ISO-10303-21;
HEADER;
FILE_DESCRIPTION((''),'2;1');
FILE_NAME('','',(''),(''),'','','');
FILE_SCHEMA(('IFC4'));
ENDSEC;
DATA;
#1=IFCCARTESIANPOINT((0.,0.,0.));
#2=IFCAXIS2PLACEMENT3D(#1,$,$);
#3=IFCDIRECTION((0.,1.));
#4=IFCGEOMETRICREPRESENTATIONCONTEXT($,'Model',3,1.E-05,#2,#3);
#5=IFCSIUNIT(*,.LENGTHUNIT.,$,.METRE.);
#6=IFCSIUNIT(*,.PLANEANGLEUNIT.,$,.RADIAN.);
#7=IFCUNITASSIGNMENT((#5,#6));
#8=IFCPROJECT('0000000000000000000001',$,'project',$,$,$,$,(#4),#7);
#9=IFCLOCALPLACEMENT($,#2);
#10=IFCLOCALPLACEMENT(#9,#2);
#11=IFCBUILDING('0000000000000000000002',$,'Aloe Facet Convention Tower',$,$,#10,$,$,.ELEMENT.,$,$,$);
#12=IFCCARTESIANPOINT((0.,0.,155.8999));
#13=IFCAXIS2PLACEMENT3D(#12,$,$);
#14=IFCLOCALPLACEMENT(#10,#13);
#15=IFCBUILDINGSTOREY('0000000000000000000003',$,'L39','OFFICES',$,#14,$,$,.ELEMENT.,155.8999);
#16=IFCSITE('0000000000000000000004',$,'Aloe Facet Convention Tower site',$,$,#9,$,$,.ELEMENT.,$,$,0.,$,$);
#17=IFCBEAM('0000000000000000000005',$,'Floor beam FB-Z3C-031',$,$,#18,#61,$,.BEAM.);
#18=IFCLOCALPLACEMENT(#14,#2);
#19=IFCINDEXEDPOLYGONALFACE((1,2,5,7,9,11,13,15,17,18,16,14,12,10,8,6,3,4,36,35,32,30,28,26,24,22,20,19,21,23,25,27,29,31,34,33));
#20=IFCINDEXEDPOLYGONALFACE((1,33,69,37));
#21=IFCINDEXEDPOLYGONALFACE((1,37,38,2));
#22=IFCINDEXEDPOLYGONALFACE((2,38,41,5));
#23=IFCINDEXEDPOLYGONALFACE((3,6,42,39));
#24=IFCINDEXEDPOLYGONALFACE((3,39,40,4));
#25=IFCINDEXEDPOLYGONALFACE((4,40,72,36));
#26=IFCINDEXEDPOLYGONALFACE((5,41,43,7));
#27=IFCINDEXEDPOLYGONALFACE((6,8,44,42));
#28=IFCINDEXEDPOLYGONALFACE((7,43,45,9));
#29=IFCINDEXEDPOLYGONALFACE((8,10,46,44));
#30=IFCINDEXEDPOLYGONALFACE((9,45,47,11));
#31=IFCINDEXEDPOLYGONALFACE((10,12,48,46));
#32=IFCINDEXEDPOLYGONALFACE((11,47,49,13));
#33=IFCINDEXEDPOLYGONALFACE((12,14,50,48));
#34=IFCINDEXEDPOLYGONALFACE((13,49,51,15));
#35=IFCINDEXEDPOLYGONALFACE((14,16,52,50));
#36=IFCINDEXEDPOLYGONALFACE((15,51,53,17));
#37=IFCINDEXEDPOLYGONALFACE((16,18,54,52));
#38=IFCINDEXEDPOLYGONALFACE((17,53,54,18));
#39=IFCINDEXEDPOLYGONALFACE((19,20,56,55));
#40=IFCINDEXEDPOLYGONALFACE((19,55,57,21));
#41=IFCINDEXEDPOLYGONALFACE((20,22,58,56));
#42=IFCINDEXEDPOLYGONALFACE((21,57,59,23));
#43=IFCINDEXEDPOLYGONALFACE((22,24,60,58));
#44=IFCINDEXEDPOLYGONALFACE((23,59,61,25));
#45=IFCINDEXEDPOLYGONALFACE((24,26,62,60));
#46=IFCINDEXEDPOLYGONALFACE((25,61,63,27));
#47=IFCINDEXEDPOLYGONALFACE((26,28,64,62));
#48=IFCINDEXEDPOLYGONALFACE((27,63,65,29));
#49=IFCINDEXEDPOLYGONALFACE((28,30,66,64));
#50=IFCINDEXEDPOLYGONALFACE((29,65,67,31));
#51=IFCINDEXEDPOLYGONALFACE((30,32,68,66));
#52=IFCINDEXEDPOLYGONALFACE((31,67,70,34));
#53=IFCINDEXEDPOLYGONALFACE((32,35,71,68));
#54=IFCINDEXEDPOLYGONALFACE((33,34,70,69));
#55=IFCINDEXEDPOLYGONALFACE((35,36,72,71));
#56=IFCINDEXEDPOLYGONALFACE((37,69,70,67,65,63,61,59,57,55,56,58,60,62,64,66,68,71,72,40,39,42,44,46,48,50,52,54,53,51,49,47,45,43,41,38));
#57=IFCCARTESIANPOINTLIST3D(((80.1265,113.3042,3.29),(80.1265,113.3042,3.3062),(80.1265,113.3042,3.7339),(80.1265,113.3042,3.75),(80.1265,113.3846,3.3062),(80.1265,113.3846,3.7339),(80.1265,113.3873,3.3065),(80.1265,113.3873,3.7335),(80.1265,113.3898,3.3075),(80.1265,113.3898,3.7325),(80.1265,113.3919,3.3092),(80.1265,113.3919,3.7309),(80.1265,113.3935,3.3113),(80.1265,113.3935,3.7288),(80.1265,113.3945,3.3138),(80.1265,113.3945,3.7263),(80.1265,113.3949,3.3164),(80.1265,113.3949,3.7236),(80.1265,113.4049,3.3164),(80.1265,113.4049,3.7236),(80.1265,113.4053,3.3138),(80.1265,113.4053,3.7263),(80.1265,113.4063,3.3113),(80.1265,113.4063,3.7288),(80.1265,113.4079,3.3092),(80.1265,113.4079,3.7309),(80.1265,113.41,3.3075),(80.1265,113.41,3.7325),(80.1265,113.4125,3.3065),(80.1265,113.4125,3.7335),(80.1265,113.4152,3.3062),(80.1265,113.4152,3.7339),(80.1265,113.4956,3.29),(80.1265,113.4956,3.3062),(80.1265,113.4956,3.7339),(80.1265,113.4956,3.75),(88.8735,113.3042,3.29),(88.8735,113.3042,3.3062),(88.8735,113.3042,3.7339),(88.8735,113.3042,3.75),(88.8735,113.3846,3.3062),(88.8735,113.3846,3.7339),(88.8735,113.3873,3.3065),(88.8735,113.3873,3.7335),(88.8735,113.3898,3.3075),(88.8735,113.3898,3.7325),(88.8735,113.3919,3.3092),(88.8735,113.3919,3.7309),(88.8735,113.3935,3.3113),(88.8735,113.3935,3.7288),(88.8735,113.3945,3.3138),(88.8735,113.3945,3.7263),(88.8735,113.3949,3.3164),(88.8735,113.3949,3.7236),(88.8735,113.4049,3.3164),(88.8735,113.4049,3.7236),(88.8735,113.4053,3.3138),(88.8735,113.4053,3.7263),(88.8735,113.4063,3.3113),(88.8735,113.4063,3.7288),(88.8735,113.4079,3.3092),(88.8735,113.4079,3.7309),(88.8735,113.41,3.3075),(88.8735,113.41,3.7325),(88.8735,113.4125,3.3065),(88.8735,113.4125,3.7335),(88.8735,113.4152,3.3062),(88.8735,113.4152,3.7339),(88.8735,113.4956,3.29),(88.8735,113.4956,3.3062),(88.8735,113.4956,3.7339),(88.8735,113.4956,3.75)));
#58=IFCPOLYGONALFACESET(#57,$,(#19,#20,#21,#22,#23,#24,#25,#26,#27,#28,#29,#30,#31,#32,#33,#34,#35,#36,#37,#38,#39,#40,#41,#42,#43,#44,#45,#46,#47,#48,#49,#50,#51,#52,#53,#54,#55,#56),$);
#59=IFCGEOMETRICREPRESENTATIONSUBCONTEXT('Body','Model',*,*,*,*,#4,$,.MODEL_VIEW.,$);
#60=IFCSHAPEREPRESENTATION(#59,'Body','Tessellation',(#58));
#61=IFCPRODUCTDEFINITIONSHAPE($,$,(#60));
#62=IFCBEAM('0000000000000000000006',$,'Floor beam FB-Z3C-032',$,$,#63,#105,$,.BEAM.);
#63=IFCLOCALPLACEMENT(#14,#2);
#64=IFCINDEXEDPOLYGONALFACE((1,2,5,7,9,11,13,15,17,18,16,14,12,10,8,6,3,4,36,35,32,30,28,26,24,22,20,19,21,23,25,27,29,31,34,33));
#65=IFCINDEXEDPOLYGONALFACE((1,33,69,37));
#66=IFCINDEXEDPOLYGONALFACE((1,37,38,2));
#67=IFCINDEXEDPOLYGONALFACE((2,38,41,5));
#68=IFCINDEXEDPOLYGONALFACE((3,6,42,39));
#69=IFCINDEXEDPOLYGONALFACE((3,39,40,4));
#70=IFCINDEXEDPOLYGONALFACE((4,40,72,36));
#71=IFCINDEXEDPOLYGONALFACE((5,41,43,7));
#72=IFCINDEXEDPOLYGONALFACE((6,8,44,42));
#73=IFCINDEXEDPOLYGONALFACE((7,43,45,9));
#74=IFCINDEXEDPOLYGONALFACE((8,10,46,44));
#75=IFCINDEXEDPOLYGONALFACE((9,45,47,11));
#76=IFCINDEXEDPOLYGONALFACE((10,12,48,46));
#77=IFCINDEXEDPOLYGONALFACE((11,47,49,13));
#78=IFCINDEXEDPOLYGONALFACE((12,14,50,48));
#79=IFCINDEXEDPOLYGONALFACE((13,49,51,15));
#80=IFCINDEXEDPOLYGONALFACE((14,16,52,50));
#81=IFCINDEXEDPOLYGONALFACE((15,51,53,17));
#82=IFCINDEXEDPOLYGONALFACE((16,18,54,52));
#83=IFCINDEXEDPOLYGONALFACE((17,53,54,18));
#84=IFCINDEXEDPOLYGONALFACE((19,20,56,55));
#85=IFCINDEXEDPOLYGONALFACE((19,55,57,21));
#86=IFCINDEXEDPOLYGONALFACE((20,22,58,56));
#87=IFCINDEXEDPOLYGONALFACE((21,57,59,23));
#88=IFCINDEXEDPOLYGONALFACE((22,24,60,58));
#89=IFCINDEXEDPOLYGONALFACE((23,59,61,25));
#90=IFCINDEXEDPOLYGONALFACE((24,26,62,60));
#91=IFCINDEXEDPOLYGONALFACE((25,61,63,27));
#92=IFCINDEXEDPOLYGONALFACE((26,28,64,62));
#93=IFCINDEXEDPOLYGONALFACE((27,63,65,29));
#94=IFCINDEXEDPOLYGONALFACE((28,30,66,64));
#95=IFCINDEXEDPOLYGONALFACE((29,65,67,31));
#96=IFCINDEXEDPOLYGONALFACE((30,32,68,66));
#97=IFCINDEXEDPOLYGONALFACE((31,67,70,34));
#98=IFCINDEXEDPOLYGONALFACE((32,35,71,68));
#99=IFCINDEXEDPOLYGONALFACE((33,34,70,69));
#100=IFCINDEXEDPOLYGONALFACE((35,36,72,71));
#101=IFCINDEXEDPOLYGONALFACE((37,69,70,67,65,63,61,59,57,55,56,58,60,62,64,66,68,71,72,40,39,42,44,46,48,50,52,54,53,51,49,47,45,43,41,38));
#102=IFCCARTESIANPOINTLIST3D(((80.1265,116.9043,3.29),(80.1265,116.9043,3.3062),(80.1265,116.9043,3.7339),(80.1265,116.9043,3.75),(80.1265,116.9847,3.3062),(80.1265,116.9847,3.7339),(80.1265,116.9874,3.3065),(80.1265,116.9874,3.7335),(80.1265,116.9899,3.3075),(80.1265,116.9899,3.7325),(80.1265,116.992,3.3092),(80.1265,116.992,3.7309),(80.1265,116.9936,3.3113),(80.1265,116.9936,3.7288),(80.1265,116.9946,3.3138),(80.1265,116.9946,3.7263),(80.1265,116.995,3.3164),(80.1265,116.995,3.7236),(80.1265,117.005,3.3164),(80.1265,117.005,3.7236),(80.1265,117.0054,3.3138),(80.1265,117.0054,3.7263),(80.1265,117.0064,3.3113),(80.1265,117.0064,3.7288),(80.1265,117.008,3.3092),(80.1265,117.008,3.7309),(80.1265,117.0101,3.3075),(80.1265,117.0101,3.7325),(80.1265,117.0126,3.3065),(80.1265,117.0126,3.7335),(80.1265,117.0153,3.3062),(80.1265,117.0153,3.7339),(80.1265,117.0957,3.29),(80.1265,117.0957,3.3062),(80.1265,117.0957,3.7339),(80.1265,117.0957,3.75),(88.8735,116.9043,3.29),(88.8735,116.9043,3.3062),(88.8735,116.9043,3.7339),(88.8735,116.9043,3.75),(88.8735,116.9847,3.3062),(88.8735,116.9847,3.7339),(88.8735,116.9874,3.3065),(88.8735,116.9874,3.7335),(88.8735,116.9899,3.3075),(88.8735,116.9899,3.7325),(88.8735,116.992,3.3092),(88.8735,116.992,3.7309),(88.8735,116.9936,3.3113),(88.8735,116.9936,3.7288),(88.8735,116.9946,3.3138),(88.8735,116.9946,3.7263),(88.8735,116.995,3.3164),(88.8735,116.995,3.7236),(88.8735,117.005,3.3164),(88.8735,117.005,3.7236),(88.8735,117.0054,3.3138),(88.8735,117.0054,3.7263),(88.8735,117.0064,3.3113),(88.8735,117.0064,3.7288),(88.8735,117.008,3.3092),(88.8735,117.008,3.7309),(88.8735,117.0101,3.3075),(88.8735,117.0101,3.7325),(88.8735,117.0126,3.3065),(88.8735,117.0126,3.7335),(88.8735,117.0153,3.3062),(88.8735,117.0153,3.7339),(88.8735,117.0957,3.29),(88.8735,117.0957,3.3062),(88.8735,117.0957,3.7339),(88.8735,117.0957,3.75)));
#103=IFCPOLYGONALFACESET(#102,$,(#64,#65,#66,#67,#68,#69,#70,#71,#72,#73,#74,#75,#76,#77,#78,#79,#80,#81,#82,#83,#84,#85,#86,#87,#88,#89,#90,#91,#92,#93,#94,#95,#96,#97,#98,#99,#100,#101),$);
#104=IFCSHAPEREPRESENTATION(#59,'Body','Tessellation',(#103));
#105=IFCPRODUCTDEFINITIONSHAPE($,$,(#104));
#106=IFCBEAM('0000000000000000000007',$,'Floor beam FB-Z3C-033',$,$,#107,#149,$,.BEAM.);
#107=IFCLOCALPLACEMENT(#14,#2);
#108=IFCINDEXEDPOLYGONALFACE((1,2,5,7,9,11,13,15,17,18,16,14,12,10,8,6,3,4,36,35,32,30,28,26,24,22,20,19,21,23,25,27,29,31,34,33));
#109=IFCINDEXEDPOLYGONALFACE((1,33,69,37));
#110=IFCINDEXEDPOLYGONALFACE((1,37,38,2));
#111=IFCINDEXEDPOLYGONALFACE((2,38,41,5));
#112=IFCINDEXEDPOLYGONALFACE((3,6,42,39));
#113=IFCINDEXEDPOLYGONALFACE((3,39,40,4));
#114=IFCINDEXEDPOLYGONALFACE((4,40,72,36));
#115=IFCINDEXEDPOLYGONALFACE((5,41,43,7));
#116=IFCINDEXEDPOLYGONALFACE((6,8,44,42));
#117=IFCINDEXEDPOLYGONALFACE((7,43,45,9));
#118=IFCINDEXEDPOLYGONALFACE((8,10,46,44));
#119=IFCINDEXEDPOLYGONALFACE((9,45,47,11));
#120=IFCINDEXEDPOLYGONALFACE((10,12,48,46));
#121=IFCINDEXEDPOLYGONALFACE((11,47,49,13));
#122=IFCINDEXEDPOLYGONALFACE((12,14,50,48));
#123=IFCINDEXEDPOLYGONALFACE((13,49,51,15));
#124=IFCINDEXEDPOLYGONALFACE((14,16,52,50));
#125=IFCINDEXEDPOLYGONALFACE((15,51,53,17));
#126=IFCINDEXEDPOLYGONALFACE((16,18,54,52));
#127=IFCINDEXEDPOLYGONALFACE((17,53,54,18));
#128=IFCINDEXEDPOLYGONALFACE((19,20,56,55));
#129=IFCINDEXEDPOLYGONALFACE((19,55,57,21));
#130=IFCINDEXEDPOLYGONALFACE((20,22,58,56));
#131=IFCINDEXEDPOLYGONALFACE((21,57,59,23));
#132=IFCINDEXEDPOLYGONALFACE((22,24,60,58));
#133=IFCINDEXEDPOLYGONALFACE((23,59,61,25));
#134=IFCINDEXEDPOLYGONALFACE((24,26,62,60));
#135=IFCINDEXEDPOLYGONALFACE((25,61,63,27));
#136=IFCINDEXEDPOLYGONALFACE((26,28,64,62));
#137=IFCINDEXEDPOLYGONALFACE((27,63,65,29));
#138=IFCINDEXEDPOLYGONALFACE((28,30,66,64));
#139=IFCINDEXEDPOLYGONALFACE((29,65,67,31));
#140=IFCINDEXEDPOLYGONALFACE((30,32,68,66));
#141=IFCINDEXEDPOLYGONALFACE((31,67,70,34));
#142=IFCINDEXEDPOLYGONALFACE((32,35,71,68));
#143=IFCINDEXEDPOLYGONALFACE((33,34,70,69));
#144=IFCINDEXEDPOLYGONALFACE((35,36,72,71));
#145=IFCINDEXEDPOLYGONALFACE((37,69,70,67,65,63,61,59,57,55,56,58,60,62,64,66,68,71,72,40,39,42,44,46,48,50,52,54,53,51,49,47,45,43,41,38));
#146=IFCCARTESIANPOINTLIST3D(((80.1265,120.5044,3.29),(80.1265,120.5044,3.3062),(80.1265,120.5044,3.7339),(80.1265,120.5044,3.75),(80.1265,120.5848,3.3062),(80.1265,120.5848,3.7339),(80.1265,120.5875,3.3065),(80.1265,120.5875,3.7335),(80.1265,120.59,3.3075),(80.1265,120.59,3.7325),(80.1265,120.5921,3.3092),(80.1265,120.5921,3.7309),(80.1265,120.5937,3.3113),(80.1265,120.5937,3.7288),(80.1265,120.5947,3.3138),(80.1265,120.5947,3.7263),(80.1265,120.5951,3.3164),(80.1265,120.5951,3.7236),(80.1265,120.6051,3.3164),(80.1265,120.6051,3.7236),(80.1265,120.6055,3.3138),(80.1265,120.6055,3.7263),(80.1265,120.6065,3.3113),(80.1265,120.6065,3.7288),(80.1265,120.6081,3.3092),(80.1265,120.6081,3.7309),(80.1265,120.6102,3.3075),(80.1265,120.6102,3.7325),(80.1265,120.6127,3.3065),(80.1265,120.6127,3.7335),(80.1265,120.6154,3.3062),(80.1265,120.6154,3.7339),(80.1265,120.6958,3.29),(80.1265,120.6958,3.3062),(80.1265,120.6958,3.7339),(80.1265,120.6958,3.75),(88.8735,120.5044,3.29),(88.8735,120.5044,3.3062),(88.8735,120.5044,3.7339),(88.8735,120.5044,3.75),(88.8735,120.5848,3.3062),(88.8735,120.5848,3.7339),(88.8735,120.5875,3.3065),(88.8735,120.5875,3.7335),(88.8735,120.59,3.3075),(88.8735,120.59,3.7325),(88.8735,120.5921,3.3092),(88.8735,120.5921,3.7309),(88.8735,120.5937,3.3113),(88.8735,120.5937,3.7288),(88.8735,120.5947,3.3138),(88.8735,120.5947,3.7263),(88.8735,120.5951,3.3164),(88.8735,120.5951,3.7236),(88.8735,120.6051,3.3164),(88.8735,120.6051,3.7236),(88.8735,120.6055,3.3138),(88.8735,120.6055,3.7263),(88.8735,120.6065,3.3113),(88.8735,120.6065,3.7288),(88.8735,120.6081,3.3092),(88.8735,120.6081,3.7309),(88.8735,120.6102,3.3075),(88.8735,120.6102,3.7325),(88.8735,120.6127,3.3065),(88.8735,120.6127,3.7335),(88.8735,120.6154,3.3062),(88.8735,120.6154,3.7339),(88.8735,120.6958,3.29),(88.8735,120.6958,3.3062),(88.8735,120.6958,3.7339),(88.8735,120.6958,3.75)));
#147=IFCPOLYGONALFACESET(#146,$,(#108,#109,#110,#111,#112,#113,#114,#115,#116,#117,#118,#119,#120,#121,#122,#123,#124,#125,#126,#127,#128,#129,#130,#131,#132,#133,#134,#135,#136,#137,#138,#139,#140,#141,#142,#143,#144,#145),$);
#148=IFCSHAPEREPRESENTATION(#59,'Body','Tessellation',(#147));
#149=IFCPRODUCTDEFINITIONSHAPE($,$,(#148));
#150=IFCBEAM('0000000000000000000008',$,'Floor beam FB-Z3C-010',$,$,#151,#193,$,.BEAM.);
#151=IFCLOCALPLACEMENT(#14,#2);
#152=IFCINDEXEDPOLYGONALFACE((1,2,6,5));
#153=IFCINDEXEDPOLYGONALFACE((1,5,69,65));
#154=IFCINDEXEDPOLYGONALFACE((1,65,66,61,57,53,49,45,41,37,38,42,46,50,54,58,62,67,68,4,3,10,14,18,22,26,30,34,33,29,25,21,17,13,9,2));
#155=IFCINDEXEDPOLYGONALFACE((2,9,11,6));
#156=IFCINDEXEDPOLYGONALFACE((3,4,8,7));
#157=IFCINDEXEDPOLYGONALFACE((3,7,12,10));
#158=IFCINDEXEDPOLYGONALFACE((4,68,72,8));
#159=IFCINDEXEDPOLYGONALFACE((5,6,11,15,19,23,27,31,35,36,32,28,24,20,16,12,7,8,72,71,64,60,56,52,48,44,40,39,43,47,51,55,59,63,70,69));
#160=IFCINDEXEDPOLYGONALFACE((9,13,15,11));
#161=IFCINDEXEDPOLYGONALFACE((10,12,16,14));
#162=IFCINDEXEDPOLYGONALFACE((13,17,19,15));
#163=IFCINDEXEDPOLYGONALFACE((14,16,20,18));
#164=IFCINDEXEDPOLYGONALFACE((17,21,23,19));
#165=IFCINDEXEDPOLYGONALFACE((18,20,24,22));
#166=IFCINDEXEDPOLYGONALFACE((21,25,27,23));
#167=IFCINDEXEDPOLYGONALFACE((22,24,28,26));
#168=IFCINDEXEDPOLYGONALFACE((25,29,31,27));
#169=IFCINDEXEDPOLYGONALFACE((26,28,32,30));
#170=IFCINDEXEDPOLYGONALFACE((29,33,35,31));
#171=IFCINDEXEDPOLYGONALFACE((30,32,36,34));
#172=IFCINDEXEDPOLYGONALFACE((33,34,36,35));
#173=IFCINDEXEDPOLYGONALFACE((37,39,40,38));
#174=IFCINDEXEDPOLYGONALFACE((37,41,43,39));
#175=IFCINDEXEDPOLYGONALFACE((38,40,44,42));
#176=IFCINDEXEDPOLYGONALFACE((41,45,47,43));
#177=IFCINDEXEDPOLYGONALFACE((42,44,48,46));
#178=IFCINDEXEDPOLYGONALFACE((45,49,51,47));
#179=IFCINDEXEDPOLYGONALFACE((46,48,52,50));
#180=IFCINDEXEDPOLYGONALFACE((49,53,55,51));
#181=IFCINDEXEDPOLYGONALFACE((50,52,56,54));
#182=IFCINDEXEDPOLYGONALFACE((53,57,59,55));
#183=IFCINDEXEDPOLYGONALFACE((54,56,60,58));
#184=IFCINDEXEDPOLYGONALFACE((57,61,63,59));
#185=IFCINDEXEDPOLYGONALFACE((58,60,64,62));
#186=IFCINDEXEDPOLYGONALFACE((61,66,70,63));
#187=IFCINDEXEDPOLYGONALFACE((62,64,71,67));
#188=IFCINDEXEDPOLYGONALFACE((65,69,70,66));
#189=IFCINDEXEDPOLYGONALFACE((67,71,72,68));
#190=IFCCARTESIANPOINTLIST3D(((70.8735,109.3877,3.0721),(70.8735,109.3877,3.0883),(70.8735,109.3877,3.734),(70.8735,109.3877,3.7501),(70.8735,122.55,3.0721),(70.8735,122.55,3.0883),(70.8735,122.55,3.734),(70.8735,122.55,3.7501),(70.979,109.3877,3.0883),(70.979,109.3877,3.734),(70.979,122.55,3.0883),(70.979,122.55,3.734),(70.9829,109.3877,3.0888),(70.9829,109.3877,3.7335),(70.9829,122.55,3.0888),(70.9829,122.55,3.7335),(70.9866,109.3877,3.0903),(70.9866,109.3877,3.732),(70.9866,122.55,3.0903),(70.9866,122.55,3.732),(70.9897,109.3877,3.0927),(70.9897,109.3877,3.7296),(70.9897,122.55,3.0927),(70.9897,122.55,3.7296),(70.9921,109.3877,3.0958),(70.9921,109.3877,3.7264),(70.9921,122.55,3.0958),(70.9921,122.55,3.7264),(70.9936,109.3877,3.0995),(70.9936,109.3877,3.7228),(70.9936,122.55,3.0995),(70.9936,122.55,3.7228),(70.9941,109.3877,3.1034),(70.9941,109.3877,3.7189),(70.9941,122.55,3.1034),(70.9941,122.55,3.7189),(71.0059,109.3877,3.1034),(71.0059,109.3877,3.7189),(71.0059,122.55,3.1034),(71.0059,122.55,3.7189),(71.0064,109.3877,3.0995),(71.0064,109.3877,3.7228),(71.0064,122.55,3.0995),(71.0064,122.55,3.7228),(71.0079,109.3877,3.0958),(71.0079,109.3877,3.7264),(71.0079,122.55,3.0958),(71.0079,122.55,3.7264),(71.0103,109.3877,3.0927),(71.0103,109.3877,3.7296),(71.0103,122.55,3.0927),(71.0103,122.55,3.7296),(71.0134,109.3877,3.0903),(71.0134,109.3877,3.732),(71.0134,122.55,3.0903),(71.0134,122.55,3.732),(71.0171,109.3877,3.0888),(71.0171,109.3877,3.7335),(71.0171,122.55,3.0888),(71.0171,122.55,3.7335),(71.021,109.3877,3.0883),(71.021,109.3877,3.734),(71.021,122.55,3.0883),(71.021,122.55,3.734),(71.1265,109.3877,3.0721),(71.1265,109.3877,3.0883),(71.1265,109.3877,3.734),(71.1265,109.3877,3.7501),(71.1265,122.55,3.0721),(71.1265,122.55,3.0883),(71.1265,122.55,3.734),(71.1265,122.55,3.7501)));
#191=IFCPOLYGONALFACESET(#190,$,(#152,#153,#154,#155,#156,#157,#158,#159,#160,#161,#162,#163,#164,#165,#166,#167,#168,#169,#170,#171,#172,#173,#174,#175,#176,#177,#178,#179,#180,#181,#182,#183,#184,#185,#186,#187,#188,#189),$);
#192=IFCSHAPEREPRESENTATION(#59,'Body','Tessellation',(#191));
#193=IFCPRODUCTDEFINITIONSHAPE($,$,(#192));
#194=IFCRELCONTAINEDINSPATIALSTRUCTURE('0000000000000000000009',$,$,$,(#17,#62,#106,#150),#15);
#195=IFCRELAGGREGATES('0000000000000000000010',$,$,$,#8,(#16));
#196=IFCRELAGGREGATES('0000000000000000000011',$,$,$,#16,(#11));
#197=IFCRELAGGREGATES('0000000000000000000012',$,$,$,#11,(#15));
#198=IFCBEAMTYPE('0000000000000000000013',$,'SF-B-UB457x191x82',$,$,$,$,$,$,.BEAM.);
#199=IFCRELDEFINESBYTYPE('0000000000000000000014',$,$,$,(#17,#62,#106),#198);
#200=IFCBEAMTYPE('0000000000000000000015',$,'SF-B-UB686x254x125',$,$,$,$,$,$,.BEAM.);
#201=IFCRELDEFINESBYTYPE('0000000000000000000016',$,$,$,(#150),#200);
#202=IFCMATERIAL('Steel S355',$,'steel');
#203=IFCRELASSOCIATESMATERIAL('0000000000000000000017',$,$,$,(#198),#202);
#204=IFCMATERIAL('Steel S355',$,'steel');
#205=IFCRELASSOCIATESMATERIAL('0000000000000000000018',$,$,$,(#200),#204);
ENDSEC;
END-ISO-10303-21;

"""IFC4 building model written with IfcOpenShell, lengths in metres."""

from ifc_helpers import new_model, si_unit, direction, frame, origin, origin_2d, place, context, subcontext, project, spatial, i_section, extrude, material, material_profile, profile_set, type_object, element, save


model = new_model("IFC4")

# Units and contexts
model_context = context("Model", 3, precision=1e-05, world=origin(), true_north=direction((0.0, 1.0)))
body_context = subcontext(model_context, "Body", "Model", "MODEL_VIEW")
ifc_project = project(units=[si_unit("LENGTHUNIT", "METRE"), si_unit("PLANEANGLEUNIT", "RADIAN")], contexts=[model_context])

# Site, building, storey
site_placement = place(None, origin())
site = spatial("IfcSite", under=ifc_project, at=site_placement, Name="Aloe Facet Convention Tower site", CompositionType="ELEMENT", RefElevation=0.0)
building_placement = place(site_placement, origin())
building = spatial("IfcBuilding", under=site, at=building_placement, Name="Aloe Facet Convention Tower", CompositionType="ELEMENT")
storey_placement = place(building_placement, frame((0.0, 0.0, 155.8999)))
storey = spatial("IfcBuildingStorey", under=building, at=storey_placement, Name="L39", Description="OFFICES", CompositionType="ELEMENT", Elevation=155.8999)

# Beams
ifc_material_1 = material(Name="Steel S355", Category="steel")
ifc_material_profile_1 = material_profile(ifc_material_1, i_section(OverallWidth=0.1914, OverallDepth=0.46, WebThickness=0.01, FlangeThickness=0.0161, FilletRadius=0.0103, at=origin_2d()), Name="UB 457x191x82")
ifc_profile_set_1 = profile_set([ifc_material_profile_1], Name="Steel S355")
beam_type_1 = type_object("IfcBeamType", Name="SF-B-UB457x191x82", PredefinedType="BEAM", material=ifc_profile_set_1)
for number, where, z_axis, x_axis, name in (
    (1, (80.1265, 113.3999, 3.52), (1.0, 0.0, 0.0), (0.0, 1.0, 0.0), "Floor beam FB-Z3C-031"),
    (2, (80.1265, 117.0, 3.52), (1.0, 0.0, 0.0), (0.0, 1.0, 0.0), "Floor beam FB-Z3C-032"),
    (3, (80.1265, 120.6001, 3.52), (1.0, 0.0, 0.0), (0.0, 1.0, 0.0), "Floor beam FB-Z3C-033"),
):
    element("IfcBeam", number, at=place(storey_placement, frame(where, z_axis=z_axis, x_axis=x_axis)), inside=storey, type_object=beam_type_1, Name=name, PredefinedType="BEAM", context=body_context, shape_type="SweptSolid", body=[
        extrude(i_section(OverallWidth=0.1914, OverallDepth=0.46, WebThickness=0.01, FlangeThickness=0.0161, FilletRadius=0.0103, at=origin_2d()), origin(), (0.0, 0.0, 1.0), 8.7471),
    ])
ifc_material_2 = material(Name="Steel S355", Category="steel")
ifc_material_profile_2 = material_profile(ifc_material_2, i_section(OverallWidth=0.2529, OverallDepth=0.678, WebThickness=0.0117, FlangeThickness=0.0161, FilletRadius=0.0151, at=origin_2d()), Name="UB 686x254x125")
ifc_profile_set_2 = profile_set([ifc_material_profile_2], Name="Steel S355")
beam_type_2 = type_object("IfcBeamType", Name="SF-B-UB686x254x125", PredefinedType="BEAM", material=ifc_profile_set_2)
beam_1_placement = place(storey_placement, frame((71.0, 122.55, 3.4111), z_axis=(0.0, -1.0, 0.0), x_axis=(1.0, 0.0, 0.0)))
element("IfcBeam", 4, at=beam_1_placement, inside=storey, type_object=beam_type_2, Name="Floor beam FB-Z3C-010", PredefinedType="BEAM", context=body_context, shape_type="SweptSolid", body=[
    extrude(i_section(OverallWidth=0.2529, OverallDepth=0.678, WebThickness=0.0117, FlangeThickness=0.0161, FilletRadius=0.0151, at=origin_2d()), origin(), (0.0, 0.0, 1.0), 13.1624),
])

save(model, "model.ifc")
